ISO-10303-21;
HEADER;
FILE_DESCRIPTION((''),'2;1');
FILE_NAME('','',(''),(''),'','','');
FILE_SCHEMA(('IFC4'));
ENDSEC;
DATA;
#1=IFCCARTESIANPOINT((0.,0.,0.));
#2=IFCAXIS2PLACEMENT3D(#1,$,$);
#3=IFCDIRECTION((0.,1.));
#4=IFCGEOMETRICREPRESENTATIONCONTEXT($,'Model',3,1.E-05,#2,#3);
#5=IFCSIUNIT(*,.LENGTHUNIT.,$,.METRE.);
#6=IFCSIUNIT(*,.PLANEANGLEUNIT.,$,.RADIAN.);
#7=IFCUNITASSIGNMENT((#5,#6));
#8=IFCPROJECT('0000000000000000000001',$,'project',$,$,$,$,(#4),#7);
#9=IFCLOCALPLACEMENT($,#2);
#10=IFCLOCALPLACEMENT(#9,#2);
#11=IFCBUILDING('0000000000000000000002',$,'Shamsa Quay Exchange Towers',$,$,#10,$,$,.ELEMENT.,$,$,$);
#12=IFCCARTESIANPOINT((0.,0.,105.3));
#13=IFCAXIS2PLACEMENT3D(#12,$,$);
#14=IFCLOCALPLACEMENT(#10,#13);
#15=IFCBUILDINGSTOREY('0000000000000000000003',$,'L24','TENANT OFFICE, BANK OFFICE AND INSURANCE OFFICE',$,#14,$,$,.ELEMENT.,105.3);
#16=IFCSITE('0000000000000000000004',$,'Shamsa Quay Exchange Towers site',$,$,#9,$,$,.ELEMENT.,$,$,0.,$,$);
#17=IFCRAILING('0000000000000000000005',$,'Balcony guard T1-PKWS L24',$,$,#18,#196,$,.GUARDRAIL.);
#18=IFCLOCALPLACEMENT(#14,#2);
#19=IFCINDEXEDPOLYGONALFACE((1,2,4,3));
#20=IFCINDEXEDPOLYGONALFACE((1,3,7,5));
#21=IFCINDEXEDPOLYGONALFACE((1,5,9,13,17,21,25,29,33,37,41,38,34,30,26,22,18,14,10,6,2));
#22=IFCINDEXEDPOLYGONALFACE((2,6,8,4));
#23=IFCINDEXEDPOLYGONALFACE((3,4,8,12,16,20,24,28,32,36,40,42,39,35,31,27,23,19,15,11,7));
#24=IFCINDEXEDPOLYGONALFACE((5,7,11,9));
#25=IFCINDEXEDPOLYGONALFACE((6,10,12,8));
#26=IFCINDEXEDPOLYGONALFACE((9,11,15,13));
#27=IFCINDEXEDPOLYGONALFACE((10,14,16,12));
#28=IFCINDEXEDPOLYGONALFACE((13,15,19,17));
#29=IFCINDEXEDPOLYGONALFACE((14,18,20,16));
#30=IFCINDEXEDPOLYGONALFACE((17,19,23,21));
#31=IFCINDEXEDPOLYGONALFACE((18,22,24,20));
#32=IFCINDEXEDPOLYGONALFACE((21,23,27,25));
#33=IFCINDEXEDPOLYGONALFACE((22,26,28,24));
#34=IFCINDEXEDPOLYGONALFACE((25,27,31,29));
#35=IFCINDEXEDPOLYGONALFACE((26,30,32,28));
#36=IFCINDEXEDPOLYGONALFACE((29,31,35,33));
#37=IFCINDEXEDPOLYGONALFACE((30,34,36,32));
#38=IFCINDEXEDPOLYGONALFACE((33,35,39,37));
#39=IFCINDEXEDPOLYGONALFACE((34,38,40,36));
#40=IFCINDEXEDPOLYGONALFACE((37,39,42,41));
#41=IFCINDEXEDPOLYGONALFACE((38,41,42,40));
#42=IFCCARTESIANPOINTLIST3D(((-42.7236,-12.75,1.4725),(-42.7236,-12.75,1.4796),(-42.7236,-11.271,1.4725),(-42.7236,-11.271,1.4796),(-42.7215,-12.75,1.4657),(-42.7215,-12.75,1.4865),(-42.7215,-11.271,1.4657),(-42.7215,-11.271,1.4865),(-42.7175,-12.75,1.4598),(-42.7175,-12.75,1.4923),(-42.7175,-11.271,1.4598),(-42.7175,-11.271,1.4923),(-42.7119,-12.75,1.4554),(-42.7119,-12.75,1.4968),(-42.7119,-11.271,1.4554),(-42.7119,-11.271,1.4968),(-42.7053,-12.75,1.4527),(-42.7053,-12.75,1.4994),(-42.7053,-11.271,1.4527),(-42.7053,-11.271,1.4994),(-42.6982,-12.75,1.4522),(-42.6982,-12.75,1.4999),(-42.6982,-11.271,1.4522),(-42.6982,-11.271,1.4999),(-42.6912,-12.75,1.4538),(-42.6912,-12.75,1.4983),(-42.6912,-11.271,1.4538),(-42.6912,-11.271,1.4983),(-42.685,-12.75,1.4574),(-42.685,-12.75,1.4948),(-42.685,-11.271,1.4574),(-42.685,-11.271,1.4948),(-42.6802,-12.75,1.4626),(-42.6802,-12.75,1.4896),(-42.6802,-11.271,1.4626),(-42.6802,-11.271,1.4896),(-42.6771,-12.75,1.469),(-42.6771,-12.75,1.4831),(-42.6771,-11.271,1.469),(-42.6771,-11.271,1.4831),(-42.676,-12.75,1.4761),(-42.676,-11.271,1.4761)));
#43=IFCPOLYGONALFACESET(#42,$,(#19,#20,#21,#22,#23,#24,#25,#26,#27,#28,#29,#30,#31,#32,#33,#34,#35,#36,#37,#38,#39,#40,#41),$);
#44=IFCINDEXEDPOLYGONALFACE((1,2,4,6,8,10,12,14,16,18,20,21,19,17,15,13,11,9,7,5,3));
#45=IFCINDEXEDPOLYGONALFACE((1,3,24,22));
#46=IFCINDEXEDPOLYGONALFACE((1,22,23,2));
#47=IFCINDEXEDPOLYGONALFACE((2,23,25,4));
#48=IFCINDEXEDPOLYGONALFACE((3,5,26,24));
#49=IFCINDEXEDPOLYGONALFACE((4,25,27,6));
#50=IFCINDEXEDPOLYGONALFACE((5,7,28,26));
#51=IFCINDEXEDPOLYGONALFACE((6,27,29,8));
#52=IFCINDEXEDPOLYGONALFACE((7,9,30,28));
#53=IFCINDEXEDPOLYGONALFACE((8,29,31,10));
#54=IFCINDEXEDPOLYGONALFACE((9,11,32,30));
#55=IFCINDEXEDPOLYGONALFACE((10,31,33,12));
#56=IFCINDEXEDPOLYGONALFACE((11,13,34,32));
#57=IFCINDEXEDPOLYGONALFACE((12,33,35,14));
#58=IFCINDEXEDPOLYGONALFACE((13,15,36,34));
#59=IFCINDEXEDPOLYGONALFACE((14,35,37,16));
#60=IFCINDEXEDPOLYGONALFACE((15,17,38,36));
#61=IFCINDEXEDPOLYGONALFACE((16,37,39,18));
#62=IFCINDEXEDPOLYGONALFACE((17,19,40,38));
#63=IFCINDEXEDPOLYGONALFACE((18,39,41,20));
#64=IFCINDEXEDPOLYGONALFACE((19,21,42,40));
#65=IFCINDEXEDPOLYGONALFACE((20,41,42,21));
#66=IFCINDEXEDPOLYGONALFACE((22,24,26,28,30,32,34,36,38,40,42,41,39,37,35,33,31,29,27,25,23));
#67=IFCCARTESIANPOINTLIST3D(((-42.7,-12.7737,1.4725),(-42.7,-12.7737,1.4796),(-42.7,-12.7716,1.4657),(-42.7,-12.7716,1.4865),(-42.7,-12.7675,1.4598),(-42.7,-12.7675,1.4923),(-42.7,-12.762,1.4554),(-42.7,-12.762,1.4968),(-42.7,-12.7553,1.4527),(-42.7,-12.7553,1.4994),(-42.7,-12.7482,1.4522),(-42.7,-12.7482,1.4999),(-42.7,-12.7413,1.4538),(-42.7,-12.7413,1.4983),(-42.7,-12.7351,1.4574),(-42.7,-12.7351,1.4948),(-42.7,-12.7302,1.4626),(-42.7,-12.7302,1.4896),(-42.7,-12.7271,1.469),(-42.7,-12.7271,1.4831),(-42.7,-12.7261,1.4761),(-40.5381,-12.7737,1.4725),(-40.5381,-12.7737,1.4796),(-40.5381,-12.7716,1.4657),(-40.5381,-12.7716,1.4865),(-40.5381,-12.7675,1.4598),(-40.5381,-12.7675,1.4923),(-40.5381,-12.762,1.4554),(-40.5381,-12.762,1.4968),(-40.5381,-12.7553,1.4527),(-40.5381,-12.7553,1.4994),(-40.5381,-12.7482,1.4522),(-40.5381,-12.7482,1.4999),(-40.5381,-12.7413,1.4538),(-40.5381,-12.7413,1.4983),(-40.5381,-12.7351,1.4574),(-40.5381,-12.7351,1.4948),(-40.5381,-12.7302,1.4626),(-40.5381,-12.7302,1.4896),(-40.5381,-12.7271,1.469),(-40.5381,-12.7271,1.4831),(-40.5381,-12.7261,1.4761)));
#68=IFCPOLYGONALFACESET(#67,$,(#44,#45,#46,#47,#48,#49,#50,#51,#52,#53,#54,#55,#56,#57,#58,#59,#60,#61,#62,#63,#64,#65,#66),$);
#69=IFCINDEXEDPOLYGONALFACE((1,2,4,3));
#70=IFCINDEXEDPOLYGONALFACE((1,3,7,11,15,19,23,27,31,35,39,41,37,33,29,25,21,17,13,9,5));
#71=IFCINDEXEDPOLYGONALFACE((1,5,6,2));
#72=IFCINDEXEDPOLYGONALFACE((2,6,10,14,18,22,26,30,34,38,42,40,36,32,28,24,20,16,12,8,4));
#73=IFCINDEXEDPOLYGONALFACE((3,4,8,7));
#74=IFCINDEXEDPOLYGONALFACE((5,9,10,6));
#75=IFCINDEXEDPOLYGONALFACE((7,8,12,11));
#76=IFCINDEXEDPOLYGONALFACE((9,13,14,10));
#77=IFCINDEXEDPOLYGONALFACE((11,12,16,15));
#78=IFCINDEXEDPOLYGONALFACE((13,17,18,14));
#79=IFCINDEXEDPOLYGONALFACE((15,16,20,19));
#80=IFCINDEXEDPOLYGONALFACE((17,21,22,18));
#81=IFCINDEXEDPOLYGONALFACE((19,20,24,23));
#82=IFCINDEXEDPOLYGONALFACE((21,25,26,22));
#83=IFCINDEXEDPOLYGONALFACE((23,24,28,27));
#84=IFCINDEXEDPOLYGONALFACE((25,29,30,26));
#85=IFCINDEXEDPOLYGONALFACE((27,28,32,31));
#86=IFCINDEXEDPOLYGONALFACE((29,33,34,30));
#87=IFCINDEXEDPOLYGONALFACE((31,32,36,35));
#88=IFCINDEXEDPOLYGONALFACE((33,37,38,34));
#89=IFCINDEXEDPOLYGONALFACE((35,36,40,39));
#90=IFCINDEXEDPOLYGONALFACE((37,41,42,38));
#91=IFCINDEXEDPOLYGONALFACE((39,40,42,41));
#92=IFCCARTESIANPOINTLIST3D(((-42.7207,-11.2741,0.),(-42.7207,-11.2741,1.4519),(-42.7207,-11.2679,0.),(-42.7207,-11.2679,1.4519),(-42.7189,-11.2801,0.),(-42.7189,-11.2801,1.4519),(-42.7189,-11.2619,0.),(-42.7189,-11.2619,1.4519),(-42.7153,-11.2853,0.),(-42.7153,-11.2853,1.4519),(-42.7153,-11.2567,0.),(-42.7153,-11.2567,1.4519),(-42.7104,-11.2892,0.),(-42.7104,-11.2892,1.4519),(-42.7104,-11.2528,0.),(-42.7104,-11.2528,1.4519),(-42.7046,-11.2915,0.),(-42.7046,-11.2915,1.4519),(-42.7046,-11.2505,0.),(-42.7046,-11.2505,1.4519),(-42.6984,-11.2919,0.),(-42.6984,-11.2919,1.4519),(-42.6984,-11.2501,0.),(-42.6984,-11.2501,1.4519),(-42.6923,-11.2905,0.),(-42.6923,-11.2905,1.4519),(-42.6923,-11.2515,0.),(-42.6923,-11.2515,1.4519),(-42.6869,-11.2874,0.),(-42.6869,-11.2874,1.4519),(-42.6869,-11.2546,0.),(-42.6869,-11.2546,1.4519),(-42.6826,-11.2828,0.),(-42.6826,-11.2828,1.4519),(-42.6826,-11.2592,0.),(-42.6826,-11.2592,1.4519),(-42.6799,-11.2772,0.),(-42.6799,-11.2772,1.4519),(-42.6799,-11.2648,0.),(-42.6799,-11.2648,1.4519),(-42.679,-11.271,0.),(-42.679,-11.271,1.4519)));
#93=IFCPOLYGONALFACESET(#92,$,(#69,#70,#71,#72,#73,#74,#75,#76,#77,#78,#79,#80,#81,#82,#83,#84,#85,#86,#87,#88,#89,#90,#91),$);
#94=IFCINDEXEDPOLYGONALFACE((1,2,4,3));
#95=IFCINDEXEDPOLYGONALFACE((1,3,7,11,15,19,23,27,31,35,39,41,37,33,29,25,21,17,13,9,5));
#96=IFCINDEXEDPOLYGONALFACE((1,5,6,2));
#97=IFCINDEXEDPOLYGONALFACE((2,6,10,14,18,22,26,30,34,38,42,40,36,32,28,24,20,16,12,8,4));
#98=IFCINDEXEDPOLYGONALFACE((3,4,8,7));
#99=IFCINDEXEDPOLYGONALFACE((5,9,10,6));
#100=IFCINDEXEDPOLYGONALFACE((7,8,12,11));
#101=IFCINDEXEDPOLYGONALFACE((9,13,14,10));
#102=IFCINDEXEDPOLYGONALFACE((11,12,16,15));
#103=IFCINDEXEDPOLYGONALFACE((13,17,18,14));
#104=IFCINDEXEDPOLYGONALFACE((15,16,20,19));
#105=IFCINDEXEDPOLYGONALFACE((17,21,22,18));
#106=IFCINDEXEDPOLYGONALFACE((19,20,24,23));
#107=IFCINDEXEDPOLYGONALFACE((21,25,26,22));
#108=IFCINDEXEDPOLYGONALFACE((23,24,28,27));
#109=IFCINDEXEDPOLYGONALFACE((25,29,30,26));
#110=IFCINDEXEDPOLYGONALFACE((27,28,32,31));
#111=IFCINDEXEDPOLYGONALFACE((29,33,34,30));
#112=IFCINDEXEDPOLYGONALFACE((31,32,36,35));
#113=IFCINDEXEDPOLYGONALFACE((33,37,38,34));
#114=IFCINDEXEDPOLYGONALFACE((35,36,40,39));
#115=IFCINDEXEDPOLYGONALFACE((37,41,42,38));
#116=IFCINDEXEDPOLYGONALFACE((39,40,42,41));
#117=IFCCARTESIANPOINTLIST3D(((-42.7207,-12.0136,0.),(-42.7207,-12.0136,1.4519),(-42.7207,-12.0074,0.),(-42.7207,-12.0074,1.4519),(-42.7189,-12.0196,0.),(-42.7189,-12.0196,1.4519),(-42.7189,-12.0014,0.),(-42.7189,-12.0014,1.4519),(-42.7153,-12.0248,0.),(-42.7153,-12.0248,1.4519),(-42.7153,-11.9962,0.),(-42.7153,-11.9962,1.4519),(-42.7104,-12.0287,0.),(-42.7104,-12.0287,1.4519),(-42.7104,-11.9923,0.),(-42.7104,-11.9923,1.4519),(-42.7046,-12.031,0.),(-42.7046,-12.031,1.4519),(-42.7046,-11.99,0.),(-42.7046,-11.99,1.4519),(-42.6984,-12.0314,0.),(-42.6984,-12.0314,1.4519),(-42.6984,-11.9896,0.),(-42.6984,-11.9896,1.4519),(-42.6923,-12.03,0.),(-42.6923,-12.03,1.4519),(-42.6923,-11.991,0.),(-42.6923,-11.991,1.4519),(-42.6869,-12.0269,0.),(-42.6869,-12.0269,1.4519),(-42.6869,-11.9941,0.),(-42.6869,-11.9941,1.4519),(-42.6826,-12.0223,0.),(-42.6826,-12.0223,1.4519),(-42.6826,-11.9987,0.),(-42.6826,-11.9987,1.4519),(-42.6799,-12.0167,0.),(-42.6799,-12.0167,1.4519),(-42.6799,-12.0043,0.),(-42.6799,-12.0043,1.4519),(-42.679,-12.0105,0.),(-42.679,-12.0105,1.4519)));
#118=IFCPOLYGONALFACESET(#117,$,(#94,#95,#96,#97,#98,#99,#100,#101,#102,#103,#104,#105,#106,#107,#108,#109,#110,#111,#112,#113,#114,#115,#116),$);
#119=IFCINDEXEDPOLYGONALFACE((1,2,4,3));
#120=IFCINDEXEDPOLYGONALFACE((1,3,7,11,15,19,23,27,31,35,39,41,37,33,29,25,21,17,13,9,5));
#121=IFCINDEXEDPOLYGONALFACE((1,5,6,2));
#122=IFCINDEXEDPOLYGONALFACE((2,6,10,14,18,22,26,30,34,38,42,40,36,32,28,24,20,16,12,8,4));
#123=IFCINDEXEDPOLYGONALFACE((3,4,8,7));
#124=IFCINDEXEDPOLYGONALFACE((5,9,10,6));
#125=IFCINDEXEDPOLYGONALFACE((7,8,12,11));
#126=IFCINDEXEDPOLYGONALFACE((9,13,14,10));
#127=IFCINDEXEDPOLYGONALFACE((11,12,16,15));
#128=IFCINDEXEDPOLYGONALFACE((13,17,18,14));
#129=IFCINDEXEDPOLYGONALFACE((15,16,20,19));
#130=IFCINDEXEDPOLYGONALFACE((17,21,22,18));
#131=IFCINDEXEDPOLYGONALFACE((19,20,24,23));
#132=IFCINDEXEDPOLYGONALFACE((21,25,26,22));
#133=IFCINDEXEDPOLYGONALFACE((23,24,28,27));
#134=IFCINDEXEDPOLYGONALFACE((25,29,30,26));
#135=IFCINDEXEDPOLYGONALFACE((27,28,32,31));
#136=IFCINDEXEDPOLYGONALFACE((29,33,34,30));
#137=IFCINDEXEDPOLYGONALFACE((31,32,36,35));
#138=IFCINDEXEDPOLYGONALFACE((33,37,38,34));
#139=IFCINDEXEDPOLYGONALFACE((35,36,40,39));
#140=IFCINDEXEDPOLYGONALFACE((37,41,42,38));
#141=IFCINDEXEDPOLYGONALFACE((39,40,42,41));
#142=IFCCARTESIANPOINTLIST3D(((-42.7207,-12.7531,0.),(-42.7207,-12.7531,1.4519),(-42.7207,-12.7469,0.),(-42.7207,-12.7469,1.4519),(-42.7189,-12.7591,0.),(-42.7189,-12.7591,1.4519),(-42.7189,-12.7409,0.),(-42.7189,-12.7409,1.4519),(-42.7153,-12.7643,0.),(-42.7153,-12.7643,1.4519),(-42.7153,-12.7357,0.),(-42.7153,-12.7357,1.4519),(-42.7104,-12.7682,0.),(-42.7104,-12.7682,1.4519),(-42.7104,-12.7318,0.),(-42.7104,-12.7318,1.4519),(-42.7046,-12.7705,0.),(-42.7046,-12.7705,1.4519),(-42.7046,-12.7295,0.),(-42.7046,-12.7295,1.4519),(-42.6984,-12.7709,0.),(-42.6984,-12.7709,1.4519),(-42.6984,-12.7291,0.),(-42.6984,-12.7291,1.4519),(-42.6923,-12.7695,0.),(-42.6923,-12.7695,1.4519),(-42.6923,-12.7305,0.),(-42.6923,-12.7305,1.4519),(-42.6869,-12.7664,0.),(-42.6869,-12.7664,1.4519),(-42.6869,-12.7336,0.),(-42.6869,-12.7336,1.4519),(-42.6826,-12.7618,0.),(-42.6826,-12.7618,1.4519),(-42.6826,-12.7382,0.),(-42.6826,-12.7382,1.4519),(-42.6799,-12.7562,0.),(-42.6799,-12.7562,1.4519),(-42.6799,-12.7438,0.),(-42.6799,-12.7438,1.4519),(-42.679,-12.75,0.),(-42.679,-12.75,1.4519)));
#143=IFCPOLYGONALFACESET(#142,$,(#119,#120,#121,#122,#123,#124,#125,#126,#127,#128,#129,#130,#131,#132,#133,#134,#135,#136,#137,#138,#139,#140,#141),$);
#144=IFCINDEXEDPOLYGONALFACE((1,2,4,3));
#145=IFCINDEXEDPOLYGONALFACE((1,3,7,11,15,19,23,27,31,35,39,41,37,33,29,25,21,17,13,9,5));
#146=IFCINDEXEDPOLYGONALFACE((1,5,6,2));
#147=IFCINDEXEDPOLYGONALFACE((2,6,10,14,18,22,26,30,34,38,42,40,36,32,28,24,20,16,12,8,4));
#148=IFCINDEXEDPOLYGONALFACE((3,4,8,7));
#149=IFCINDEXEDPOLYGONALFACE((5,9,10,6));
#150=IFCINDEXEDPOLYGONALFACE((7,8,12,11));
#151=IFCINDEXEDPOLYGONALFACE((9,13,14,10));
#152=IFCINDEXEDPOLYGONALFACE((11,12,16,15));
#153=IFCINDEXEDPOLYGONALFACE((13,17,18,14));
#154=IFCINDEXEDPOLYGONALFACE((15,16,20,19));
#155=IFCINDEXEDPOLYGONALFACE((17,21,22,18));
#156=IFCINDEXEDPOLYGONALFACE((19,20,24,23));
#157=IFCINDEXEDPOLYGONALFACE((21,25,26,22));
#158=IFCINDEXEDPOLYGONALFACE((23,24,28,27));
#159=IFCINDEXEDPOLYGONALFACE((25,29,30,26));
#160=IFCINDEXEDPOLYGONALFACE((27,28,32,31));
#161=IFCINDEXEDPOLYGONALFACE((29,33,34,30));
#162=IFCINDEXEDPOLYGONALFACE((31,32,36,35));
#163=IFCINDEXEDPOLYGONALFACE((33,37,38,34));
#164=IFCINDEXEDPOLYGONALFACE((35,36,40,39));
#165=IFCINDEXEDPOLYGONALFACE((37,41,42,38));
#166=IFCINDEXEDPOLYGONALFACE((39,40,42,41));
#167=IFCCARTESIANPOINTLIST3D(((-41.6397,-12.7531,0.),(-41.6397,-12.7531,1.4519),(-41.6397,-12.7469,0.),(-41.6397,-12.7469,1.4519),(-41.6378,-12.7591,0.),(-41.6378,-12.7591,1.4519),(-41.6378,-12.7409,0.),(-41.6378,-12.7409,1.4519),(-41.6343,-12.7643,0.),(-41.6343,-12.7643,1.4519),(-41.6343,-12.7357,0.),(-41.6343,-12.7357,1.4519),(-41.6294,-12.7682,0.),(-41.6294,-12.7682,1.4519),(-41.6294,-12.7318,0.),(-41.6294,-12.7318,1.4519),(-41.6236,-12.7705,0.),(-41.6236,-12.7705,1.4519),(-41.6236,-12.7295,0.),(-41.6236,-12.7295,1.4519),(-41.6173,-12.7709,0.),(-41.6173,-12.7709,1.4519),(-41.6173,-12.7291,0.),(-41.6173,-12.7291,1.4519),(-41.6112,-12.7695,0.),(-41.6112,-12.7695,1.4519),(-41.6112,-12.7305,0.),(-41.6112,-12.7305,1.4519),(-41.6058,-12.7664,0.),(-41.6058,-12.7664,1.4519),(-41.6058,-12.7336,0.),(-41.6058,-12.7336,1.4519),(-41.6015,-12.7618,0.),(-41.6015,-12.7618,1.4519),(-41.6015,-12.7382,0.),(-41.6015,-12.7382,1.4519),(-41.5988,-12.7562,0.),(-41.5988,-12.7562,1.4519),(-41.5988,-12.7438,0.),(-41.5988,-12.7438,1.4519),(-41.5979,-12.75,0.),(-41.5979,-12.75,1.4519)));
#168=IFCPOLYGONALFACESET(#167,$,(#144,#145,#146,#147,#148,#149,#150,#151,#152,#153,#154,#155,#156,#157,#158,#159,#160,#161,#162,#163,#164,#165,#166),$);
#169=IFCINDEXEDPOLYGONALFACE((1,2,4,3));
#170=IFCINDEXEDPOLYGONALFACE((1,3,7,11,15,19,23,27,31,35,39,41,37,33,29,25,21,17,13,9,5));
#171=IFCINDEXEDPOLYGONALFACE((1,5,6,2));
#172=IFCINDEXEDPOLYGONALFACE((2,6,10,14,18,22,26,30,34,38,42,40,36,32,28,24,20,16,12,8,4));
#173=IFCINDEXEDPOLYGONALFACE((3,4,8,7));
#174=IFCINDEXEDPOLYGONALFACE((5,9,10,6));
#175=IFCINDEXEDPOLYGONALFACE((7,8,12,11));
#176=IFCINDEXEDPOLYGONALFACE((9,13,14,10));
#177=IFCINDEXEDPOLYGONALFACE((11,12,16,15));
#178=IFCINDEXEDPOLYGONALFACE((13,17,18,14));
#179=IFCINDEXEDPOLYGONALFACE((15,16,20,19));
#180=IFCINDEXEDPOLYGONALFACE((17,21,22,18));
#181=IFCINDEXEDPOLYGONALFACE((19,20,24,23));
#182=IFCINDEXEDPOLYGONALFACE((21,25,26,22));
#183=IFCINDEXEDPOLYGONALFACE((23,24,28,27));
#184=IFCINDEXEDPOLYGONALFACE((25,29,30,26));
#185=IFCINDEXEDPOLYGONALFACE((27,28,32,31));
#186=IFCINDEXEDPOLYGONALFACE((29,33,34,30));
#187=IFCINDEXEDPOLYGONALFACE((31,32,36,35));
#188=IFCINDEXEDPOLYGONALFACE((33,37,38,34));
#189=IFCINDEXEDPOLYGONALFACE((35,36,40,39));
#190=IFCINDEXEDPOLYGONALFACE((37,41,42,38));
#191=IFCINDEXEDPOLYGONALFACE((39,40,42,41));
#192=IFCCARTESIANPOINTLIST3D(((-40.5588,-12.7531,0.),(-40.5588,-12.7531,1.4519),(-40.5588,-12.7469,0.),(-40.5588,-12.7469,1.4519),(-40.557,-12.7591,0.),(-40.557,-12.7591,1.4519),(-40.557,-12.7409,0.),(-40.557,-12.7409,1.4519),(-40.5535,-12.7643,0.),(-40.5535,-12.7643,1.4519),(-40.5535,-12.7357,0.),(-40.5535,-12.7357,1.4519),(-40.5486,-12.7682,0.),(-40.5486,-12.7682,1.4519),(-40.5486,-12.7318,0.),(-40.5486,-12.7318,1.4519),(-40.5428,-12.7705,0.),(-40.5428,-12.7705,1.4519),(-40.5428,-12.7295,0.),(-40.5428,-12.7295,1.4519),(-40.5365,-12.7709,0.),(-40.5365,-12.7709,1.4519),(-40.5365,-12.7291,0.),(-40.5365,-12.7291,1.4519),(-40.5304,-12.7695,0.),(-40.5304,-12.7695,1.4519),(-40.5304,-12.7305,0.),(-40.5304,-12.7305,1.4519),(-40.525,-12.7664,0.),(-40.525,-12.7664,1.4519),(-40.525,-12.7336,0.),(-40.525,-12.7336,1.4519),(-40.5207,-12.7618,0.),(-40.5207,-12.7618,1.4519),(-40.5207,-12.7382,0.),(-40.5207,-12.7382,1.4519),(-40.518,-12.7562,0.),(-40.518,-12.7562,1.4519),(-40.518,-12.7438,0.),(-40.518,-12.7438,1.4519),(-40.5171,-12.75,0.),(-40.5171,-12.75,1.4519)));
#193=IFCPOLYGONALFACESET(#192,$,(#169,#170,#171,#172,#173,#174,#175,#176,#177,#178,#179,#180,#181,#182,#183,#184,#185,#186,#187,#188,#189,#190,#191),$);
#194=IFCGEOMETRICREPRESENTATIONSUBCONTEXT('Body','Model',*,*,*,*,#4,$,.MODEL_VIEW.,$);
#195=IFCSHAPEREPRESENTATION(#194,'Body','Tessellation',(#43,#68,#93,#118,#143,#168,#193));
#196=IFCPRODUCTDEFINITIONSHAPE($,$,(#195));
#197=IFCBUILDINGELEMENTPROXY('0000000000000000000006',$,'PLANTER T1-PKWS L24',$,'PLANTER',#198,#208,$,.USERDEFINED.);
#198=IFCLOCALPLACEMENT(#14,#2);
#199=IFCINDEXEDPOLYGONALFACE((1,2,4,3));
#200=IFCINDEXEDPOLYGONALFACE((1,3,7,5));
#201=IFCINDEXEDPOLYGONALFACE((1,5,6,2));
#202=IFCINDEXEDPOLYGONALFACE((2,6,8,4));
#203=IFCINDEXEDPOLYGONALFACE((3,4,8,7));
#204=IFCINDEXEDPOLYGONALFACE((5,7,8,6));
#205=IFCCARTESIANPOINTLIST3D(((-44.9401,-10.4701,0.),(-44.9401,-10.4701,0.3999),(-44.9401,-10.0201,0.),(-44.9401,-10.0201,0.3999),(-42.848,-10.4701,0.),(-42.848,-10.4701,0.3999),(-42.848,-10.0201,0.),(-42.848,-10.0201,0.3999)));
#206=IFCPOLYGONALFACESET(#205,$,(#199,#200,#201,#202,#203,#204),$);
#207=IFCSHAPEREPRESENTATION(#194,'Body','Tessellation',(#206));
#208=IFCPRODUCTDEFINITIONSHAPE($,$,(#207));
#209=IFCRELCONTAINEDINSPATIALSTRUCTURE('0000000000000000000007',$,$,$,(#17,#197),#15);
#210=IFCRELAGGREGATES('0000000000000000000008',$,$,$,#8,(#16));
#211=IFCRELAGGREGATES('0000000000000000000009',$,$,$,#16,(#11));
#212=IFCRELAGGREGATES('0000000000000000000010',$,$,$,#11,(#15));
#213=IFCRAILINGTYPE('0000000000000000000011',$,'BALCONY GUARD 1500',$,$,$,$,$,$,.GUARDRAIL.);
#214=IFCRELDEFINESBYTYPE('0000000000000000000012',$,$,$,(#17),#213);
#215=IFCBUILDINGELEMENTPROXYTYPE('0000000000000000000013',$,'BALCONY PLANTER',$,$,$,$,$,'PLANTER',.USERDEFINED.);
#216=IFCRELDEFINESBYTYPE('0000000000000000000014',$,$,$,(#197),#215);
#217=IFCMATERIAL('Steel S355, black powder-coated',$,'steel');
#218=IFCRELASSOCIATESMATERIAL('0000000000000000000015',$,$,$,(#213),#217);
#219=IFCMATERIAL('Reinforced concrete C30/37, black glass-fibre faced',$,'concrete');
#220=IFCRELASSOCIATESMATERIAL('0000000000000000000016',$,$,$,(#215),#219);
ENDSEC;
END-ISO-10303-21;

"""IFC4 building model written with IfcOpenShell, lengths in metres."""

from ifc_helpers import new_model, si_unit, direction, frame, origin, origin_2d, place, context, subcontext, project, spatial, rectangle, circle, extrude, material, type_object, element, save


model = new_model("IFC4")

# Units and contexts
model_context = context("Model", 3, precision=1e-05, world=origin(), true_north=direction((0.0, 1.0)))
body_context = subcontext(model_context, "Body", "Model", "MODEL_VIEW")
ifc_project = project(units=[si_unit("LENGTHUNIT", "METRE"), si_unit("PLANEANGLEUNIT", "RADIAN")], contexts=[model_context])

# Site, building, storey
site_placement = place(None, origin())
site = spatial("IfcSite", under=ifc_project, at=site_placement, Name="Shamsa Quay Exchange Towers site", CompositionType="ELEMENT", RefElevation=0.0)
building_placement = place(site_placement, origin())
building = spatial("IfcBuilding", under=site, at=building_placement, Name="Shamsa Quay Exchange Towers", CompositionType="ELEMENT")
storey_placement = place(building_placement, frame((0.0, 0.0, 105.3)))
storey = spatial("IfcBuildingStorey", under=building, at=storey_placement, Name="L24", Description="TENANT OFFICE, BANK OFFICE AND INSURANCE OFFICE", CompositionType="ELEMENT", Elevation=105.3)

# Railing
ifc_material_1 = material(Name="Steel S355, black powder-coated", Category="steel")
railing_type_1 = type_object("IfcRailingType", Name="BALCONY GUARD 1500", PredefinedType="GUARDRAIL", material=ifc_material_1)
for number, where, name in (
    (1, (-42.7, -11.271, 0.0), "Balcony guard T1-PKWS L24"),
):
    element("IfcRailing", number, at=place(storey_placement, frame(where)), inside=storey, type_object=railing_type_1, Name=name, PredefinedType="GUARDRAIL", context=body_context, shape_type="SweptSolid", body=[
        extrude(circle(Radius=0.0239, at=origin_2d()), frame((0.0, 0.0, 1.4761), z_axis=(0.0, -1.0, 0.0), x_axis=(1.0, 0.0, 0.0)), (0.0, 0.0, 1.0), 1.479),
        extrude(circle(Radius=0.0239, at=origin_2d()), frame((0.0, -1.479, 1.4761), z_axis=(1.0, 0.0, 0.0), x_axis=(0.0, 1.0, 0.0)), (0.0, 0.0, 1.0), 2.1619),
        extrude(circle(Radius=0.021, at=origin_2d()), origin(), (0.0, 0.0, 1.0), 1.4519),
        extrude(circle(Radius=0.021, at=origin_2d()), frame((0.0, -0.7395, 0.0)), (0.0, 0.0, 1.0), 1.4519),
        extrude(circle(Radius=0.021, at=origin_2d()), frame((0.0, -1.479, 0.0)), (0.0, 0.0, 1.0), 1.4519),
        extrude(circle(Radius=0.021, at=origin_2d()), frame((1.0811, -1.479, 0.0)), (0.0, 0.0, 1.0), 1.4519),
        extrude(circle(Radius=0.021, at=origin_2d()), frame((2.1619, -1.479, 0.0)), (0.0, 0.0, 1.0), 1.4519),
    ])

# Building element proxy
ifc_material_2 = material(Name="Reinforced concrete C30/37, black glass-fibre faced", Category="concrete")
building_element_proxy_type = type_object("IfcBuildingElementProxyType", Name="BALCONY PLANTER", ElementType="PLANTER", PredefinedType="USERDEFINED", material=ifc_material_2)
proxy_placement = place(storey_placement, frame((-43.894, -10.2451, 0.0)))
element("IfcBuildingElementProxy", 2, at=proxy_placement, inside=storey, type_object=building_element_proxy_type, Name="PLANTER T1-PKWS L24", ObjectType="PLANTER", PredefinedType="USERDEFINED", context=body_context, shape_type="SweptSolid", body=[
    extrude(rectangle(XDim=2.092, YDim=0.45, at=origin_2d()), origin(), (0.0, 0.0, 1.0), 0.3999),
])

save(model, "model.ifc")
